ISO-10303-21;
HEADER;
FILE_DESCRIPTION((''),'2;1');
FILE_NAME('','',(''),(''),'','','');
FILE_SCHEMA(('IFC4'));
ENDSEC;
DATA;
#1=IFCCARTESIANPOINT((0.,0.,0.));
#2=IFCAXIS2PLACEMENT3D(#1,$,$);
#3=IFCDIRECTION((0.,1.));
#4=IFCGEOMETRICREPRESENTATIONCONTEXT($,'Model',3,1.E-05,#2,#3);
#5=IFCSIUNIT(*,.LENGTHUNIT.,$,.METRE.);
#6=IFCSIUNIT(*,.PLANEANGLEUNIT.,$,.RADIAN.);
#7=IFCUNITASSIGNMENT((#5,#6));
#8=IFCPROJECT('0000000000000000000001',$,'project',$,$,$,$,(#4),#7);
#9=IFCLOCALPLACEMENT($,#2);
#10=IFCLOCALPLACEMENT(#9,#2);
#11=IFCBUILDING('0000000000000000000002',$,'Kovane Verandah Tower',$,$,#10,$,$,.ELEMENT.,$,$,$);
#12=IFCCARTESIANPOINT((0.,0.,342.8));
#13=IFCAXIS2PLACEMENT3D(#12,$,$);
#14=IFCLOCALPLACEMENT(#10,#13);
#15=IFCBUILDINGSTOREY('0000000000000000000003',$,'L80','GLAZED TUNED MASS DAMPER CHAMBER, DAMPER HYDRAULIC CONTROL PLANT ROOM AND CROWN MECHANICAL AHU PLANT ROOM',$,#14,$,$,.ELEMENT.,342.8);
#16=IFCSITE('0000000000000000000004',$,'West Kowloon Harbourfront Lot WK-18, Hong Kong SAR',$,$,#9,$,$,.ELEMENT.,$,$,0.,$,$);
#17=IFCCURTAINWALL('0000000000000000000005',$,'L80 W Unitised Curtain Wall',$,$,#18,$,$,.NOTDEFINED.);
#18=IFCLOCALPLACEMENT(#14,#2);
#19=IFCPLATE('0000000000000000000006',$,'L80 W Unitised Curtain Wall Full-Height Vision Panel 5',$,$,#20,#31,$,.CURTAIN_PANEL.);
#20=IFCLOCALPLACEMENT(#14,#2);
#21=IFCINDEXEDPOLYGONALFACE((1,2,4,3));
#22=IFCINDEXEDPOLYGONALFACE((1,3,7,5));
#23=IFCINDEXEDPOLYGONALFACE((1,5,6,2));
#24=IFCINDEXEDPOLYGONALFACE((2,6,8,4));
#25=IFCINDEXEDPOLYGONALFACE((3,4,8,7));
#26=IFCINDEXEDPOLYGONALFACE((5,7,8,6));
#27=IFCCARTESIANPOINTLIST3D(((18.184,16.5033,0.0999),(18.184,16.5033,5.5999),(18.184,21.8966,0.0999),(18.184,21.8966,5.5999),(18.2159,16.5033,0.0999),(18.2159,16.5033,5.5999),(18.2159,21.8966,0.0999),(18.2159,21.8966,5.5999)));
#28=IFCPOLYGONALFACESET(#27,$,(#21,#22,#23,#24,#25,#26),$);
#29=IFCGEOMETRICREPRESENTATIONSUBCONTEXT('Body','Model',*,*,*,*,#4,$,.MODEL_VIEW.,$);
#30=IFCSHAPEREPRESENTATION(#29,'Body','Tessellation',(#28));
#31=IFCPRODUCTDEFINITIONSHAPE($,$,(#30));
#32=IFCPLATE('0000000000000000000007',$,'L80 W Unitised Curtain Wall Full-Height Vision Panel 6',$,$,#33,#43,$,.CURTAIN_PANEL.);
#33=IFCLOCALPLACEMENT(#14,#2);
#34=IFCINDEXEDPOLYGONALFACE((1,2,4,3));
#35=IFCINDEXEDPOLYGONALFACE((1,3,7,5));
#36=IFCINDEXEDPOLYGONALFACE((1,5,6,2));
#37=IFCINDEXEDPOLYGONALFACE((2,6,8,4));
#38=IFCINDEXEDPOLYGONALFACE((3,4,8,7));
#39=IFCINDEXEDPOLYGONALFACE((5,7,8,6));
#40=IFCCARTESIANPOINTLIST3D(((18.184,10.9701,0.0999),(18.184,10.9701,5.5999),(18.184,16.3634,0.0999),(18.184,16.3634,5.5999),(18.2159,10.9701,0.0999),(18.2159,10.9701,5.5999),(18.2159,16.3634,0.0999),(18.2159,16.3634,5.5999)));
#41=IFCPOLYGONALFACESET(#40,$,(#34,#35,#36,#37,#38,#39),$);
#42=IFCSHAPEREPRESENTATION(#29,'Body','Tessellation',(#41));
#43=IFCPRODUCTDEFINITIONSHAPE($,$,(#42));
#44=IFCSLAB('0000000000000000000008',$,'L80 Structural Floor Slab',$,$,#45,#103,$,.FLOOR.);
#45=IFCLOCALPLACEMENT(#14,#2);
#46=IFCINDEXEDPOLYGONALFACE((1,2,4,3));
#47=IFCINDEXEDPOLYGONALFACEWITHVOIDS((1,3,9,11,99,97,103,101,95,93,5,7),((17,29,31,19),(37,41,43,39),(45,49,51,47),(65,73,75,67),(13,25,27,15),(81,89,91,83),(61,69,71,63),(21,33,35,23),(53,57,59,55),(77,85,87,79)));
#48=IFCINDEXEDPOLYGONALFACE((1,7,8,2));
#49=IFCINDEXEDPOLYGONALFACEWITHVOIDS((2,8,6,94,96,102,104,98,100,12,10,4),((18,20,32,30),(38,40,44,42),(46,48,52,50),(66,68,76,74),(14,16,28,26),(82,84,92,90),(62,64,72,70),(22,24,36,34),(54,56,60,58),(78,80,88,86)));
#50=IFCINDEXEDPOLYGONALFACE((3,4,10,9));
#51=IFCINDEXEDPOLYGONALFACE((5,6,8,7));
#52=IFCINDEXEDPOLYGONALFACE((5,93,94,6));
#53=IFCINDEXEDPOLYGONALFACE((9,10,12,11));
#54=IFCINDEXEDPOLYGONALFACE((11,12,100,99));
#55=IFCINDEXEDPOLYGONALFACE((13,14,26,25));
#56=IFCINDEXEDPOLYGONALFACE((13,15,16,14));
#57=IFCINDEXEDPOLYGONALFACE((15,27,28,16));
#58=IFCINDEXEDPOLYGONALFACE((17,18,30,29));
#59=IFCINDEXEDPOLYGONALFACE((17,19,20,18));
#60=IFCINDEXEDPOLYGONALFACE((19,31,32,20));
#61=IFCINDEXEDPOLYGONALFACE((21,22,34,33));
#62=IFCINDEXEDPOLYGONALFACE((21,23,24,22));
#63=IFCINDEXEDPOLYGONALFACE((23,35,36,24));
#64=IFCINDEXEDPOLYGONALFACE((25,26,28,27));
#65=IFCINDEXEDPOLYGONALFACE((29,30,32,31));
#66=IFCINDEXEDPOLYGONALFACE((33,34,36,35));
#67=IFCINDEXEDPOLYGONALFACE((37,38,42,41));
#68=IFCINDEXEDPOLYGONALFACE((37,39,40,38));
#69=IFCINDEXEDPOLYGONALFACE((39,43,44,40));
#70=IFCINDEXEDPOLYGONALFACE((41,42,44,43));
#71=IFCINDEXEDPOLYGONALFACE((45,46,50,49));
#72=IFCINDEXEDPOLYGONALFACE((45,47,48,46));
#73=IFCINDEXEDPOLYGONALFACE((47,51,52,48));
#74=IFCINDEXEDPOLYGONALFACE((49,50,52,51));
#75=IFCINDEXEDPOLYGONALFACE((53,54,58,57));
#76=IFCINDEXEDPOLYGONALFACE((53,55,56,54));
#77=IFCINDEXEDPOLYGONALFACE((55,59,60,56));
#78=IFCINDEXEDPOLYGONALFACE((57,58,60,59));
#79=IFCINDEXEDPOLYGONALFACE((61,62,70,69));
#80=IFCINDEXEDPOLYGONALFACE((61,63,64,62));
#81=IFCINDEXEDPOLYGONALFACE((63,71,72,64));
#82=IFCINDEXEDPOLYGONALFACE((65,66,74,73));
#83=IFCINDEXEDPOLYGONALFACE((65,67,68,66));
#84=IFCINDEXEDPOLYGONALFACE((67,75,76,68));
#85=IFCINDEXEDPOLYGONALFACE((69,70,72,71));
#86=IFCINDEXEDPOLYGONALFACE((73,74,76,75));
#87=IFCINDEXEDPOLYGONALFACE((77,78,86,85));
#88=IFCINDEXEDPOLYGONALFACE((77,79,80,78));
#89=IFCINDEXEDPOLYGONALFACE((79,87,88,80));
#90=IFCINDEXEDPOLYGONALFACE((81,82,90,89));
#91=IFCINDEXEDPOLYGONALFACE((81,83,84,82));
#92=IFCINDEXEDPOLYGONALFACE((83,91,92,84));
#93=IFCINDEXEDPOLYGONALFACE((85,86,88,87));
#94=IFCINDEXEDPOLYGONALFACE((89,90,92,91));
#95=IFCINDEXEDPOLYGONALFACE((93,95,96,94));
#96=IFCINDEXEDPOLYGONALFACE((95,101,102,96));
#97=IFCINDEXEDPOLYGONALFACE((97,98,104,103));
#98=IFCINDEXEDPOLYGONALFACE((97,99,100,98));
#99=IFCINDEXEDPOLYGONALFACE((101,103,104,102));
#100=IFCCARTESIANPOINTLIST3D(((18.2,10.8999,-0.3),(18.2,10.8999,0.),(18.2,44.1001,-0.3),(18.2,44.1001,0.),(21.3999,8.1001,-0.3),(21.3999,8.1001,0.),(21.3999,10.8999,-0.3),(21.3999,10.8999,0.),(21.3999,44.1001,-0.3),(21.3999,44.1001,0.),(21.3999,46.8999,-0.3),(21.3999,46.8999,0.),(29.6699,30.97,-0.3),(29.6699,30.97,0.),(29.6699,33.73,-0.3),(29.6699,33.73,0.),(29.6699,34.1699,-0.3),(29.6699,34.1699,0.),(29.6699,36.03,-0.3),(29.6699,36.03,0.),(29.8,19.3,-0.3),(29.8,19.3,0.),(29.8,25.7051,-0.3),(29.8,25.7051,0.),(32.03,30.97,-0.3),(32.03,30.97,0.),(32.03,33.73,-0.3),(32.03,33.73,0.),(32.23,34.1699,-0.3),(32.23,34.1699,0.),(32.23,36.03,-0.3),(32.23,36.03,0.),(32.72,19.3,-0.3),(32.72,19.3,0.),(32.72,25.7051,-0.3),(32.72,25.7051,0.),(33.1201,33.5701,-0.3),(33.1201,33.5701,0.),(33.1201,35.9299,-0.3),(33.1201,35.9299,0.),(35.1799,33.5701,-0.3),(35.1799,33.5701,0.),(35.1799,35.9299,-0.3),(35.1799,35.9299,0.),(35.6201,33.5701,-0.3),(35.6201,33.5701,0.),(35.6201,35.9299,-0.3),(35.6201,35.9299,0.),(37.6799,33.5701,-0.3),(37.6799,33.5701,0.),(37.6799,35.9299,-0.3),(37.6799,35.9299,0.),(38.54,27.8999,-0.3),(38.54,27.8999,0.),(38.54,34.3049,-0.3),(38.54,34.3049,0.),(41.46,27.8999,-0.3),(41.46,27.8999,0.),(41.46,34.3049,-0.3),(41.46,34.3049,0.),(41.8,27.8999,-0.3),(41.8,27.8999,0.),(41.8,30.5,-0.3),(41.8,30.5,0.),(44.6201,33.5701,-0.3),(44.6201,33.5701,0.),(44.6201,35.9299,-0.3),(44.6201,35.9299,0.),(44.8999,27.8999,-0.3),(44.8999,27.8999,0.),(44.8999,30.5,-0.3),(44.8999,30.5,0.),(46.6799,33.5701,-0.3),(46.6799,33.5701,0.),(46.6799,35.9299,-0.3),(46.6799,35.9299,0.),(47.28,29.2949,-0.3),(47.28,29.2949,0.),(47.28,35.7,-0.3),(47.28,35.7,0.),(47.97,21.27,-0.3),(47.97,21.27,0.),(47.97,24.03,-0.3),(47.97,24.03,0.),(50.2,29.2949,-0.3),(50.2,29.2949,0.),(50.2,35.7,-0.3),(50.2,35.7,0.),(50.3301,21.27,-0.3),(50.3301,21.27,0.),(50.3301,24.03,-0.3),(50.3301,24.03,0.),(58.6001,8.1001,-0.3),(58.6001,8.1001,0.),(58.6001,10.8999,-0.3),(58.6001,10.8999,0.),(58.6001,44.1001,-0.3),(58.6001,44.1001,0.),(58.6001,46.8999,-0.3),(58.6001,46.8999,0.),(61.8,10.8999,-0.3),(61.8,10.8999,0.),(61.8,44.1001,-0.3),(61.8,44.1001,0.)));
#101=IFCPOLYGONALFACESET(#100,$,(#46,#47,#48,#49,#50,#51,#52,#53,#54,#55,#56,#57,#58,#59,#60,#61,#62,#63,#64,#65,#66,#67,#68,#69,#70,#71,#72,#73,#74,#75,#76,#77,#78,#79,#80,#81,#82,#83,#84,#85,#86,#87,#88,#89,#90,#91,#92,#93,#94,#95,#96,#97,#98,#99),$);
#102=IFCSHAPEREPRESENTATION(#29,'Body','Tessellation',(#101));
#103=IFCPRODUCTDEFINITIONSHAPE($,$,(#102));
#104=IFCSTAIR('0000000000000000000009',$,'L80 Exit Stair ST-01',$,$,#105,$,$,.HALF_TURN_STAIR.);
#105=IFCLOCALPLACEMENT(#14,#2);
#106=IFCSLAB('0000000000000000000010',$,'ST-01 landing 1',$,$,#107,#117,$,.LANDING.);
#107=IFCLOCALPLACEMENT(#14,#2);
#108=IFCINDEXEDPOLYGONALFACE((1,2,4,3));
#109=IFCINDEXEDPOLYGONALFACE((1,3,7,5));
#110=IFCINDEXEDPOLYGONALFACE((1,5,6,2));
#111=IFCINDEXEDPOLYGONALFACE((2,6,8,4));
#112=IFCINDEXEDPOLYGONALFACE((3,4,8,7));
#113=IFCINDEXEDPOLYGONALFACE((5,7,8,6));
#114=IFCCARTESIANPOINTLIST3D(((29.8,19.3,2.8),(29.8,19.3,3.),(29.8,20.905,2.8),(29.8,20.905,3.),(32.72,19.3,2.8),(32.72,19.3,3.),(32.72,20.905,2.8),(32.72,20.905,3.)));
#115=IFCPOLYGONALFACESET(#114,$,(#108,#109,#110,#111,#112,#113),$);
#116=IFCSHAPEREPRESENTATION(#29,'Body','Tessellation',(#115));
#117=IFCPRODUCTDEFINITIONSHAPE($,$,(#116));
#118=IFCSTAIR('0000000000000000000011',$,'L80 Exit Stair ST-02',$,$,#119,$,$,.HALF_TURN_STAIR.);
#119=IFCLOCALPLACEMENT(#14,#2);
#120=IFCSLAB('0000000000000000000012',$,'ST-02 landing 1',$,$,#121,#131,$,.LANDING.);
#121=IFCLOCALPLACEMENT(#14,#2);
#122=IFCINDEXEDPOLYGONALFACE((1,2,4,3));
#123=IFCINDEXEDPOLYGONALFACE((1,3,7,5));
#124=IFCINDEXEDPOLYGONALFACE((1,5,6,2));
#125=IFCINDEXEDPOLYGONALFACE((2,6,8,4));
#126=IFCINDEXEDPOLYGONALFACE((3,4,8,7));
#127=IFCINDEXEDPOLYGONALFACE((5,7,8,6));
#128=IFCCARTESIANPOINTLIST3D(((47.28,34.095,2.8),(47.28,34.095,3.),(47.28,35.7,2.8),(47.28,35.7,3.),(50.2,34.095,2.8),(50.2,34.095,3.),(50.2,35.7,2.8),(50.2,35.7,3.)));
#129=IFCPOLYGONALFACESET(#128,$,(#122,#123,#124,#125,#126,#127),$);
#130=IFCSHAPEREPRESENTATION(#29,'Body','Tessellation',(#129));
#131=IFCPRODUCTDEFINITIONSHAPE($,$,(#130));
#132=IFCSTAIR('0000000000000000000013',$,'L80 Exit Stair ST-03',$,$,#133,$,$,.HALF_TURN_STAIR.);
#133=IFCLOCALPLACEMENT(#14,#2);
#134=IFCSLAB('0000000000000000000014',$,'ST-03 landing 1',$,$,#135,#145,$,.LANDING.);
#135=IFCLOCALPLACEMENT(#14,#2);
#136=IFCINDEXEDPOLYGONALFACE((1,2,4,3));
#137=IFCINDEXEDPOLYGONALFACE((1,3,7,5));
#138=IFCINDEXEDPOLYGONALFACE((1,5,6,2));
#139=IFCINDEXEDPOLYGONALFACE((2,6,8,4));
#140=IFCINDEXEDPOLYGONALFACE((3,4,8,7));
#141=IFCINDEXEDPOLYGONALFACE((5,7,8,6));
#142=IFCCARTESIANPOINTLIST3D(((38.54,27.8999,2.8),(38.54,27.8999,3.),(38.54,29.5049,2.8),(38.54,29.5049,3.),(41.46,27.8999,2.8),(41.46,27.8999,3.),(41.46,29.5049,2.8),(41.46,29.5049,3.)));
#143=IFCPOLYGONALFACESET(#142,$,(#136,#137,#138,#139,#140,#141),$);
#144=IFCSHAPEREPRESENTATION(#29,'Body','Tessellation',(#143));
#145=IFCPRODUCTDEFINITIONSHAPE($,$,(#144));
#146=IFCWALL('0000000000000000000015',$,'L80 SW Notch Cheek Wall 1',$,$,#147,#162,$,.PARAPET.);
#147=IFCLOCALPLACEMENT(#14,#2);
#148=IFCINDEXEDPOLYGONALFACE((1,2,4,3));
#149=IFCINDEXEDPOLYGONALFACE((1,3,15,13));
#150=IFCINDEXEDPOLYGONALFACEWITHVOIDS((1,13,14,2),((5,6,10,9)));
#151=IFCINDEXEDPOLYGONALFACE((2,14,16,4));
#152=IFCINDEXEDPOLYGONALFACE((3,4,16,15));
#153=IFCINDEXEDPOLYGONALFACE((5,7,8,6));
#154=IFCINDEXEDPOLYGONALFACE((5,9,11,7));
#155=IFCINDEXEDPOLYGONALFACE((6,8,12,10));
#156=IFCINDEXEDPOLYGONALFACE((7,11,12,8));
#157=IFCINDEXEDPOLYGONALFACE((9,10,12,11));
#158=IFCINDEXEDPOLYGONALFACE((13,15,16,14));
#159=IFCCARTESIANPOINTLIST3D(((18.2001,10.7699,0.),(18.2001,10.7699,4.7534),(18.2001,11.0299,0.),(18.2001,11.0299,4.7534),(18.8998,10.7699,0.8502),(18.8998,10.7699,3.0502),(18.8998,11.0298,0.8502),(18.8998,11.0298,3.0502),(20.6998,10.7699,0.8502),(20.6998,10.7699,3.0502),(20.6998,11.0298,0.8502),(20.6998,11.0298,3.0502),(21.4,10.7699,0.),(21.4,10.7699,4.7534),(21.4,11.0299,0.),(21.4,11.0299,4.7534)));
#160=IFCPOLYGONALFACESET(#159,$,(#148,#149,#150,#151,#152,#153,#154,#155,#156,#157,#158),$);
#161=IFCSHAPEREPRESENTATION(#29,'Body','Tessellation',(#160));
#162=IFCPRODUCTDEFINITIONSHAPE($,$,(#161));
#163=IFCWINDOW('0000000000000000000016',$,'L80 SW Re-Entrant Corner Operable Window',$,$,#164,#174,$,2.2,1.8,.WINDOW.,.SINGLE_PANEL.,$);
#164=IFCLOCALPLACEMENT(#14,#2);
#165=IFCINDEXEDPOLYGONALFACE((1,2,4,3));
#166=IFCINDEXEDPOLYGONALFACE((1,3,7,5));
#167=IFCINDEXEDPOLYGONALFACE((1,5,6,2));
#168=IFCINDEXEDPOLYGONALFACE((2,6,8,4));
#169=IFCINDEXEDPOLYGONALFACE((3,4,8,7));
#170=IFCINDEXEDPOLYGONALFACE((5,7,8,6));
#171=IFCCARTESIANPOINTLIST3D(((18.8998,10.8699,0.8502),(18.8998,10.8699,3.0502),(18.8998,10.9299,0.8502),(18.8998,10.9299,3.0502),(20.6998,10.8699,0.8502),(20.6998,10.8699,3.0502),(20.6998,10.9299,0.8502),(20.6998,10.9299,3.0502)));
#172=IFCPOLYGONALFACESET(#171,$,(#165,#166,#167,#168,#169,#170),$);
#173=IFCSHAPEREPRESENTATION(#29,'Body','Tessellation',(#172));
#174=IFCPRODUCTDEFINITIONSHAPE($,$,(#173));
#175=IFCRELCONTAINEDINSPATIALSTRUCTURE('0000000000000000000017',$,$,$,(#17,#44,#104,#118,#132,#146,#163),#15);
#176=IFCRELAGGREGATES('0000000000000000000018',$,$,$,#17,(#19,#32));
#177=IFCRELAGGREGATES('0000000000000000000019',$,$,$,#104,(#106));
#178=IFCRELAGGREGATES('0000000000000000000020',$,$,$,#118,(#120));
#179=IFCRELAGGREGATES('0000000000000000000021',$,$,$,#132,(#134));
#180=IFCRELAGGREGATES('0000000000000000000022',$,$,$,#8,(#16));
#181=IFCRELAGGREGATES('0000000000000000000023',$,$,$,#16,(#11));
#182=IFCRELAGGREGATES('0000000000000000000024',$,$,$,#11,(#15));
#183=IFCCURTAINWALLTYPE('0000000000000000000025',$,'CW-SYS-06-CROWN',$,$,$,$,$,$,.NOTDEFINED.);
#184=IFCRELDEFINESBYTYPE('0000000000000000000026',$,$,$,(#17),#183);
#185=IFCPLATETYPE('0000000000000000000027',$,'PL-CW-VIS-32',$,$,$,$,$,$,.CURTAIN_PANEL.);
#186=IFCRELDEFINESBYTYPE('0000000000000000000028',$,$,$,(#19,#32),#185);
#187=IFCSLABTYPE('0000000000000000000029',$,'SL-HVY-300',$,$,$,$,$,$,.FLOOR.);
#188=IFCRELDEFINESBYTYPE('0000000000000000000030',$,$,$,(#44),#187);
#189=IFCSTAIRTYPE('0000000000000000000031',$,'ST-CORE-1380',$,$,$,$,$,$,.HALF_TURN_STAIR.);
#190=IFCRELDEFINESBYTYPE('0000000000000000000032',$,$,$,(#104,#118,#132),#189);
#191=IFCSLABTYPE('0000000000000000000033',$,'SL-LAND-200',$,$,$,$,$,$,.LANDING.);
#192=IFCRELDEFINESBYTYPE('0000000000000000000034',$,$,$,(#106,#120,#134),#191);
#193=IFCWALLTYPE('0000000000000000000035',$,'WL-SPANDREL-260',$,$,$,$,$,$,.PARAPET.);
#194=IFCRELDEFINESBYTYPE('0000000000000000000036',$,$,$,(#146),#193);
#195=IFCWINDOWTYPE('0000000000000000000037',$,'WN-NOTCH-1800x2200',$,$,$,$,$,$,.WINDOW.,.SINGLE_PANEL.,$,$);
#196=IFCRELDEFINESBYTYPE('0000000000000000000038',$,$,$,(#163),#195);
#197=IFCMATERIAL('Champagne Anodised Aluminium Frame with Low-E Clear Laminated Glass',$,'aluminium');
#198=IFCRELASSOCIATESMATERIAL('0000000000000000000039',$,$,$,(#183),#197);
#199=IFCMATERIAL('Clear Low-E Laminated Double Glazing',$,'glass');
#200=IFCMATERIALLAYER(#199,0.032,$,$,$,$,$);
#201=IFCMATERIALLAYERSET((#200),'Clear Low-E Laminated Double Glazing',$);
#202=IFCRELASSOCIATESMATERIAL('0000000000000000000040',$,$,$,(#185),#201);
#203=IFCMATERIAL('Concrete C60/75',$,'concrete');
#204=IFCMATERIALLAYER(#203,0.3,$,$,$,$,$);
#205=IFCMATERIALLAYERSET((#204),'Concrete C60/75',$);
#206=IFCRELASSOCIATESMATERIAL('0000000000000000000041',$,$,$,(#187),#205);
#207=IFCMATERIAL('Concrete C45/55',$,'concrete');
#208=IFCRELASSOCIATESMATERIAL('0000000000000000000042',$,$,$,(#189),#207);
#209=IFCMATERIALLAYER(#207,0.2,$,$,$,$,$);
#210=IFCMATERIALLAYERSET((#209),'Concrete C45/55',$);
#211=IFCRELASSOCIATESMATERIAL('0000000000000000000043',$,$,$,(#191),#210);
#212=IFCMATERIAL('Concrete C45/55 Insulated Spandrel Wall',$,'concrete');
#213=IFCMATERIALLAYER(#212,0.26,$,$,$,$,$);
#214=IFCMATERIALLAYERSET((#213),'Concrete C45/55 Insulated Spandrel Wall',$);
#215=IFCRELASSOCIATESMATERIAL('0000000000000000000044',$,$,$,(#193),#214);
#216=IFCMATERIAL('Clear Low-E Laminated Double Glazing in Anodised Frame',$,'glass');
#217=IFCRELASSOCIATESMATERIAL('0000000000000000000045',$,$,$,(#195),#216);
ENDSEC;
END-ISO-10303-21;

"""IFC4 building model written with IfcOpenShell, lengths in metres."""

from ifc_helpers import new_model, si_unit, direction, frame, frame_2d, origin, origin_2d, place, context, subcontext, project, spatial, polyline, rectangle, outline, extrude, material, layer, layer_set, type_object, element, fill, aggregate, save


model = new_model("IFC4")

# Units and contexts
model_context = context("Model", 3, precision=1e-05, world=origin(), true_north=direction((0.0, 1.0)))
body_context = subcontext(model_context, "Body", "Model", "MODEL_VIEW")
ifc_project = project(units=[si_unit("LENGTHUNIT", "METRE"), si_unit("PLANEANGLEUNIT", "RADIAN")], contexts=[model_context])

# Site, building, storey
site_placement = place(None, origin())
site = spatial("IfcSite", under=ifc_project, at=site_placement, Name="West Kowloon Harbourfront Lot WK-18, Hong Kong SAR", CompositionType="ELEMENT", RefElevation=0.0)
building_placement = place(site_placement, origin())
building = spatial("IfcBuilding", under=site, at=building_placement, Name="Kovane Verandah Tower", CompositionType="ELEMENT")
storey_placement = place(building_placement, frame((0.0, 0.0, 342.8)))
storey = spatial("IfcBuildingStorey", under=building, at=storey_placement, Name="L80", Description="GLAZED TUNED MASS DAMPER CHAMBER, DAMPER HYDRAULIC CONTROL PLANT ROOM AND CROWN MECHANICAL AHU PLANT ROOM", CompositionType="ELEMENT", Elevation=342.8)

# Shared definitions
ifc_material_1 = material(Name="Champagne Anodised Aluminium Frame with Low-E Clear Laminated Glass", Category="aluminium")
curtain_wall_type = type_object("IfcCurtainWallType", Name="CW-SYS-06-CROWN", PredefinedType="NOTDEFINED", material=ifc_material_1)

# Curtain wall, plates
curtain_wall_1_placement = place(storey_placement, origin())
curtain_wall_1 = element("IfcCurtainWall", 1, at=curtain_wall_1_placement, inside=storey, type_object=curtain_wall_type, Name="L80 W Unitised Curtain Wall", PredefinedType="NOTDEFINED")
ifc_material_2 = material(Name="Clear Low-E Laminated Double Glazing", Category="glass")
ifc_layer_1 = layer(ifc_material_2, 0.032)
ifc_layer_set_1 = layer_set([ifc_layer_1], Name="Clear Low-E Laminated Double Glazing")
plate_type = type_object("IfcPlateType", Name="PL-CW-VIS-32", PredefinedType="CURTAIN_PANEL", material=ifc_layer_set_1)
plate_1_placement = place(storey_placement, frame((18.2, 19.2, 0.0999), z_axis=(0.0, 0.0, 1.0), x_axis=(0.0, -1.0, 0.0)))
plate_1 = element("IfcPlate", 2, at=plate_1_placement, type_object=plate_type, Name="L80 W Unitised Curtain Wall Full-Height Vision Panel 5", PredefinedType="CURTAIN_PANEL", context=body_context, shape_type="SweptSolid", body=[
    extrude(rectangle(XDim=5.3933, YDim=0.032, at=origin_2d()), origin(), (0.0, 0.0, 1.0), 5.5),
])
plate_2_placement = place(storey_placement, frame((18.2, 13.6667, 0.0999), z_axis=(0.0, 0.0, 1.0), x_axis=(0.0, -1.0, 0.0)))
plate_2 = element("IfcPlate", 3, at=plate_2_placement, type_object=plate_type, Name="L80 W Unitised Curtain Wall Full-Height Vision Panel 6", PredefinedType="CURTAIN_PANEL", context=body_context, shape_type="SweptSolid", body=[
    extrude(rectangle(XDim=5.3933, YDim=0.032, at=origin_2d()), origin(), (0.0, 0.0, 1.0), 5.5),
])
aggregate(curtain_wall_1, [plate_1, plate_2])

# Slab
ifc_material_3 = material(Name="Concrete C60/75", Category="concrete")
ifc_layer_2 = layer(ifc_material_3, 0.3)
ifc_layer_set_2 = layer_set([ifc_layer_2], Name="Concrete C60/75")
slab_type_1 = type_object("IfcSlabType", Name="SL-HVY-300", PredefinedType="FLOOR", material=ifc_layer_set_2)
slab_1_placement = place(storey_placement, frame((0.0, 0.0, -0.3)))
element("IfcSlab", 4, at=slab_1_placement, inside=storey, type_object=slab_type_1, Name="L80 Structural Floor Slab", PredefinedType="FLOOR", context=body_context, shape_type="SweptSolid", body=[
    extrude(outline(polyline([(21.3999, 8.1001), (58.6001, 8.1001), (58.6001, 10.8999), (61.8, 10.8999), (61.8, 44.1001), (58.6001, 44.1001), (58.6001, 46.8999), (21.3999, 46.8999), (21.3999, 44.1001), (18.2, 44.1001), (18.2, 10.8999), (21.3999, 10.8999), (21.3999, 8.1001)]), holes=[polyline([(29.8, 19.3), (32.72, 19.3), (32.72, 25.7051), (29.8, 25.7051), (29.8, 19.3)]), polyline([(47.28, 29.2949), (50.2, 29.2949), (50.2, 35.7), (47.28, 35.7), (47.28, 29.2949)]), polyline([(38.54, 27.8999), (41.46, 27.8999), (41.46, 34.3049), (38.54, 34.3049), (38.54, 27.8999)]), polyline([(29.6699, 30.97), (32.03, 30.97), (32.03, 33.73), (29.6699, 33.73), (29.6699, 30.97)]), polyline([(47.97, 21.27), (50.3301, 21.27), (50.3301, 24.03), (47.97, 24.03), (47.97, 21.27)]), polyline([(29.6699, 34.1699), (32.23, 34.1699), (32.23, 36.03), (29.6699, 36.03), (29.6699, 34.1699)]), polyline([(33.1201, 33.5701), (35.1799, 33.5701), (35.1799, 35.9299), (33.1201, 35.9299), (33.1201, 33.5701)]), polyline([(35.6201, 33.5701), (37.6799, 33.5701), (37.6799, 35.9299), (35.6201, 35.9299), (35.6201, 33.5701)]), polyline([(44.6201, 33.5701), (46.6799, 33.5701), (46.6799, 35.9299), (44.6201, 35.9299), (44.6201, 33.5701)]), polyline([(41.8, 27.8999), (44.8999, 27.8999), (44.8999, 30.5), (41.8, 30.5), (41.8, 27.8999)])]), origin(), (0.0, 0.0, 1.0), 0.3),
])

# Stairs, slabs
ifc_material_4 = material(Name="Concrete C45/55", Category="concrete")
stair_type = type_object("IfcStairType", Name="ST-CORE-1380", PredefinedType="HALF_TURN_STAIR", material=ifc_material_4)
stair_1_placement = place(storey_placement, origin())
stair_1 = element("IfcStair", 5, at=stair_1_placement, inside=storey, type_object=stair_type, Name="L80 Exit Stair ST-01", PredefinedType="HALF_TURN_STAIR")
ifc_layer_3 = layer(ifc_material_4, 0.2)
ifc_layer_set_3 = layer_set([ifc_layer_3], Name="Concrete C45/55")
slab_type_2 = type_object("IfcSlabType", Name="SL-LAND-200", PredefinedType="LANDING", material=ifc_layer_set_3)
slab_2_placement = place(storey_placement, frame((0.0, 0.0, 2.8)))
slab_2 = element("IfcSlab", 6, at=slab_2_placement, type_object=slab_type_2, Name="ST-01 landing 1", PredefinedType="LANDING", context=body_context, shape_type="SweptSolid", body=[
    extrude(outline(polyline([(29.8, 20.905), (29.8, 19.3), (32.72, 19.3), (32.72, 20.905), (29.8, 20.905)])), origin(), (0.0, 0.0, 1.0), 0.2),
])
aggregate(stair_1, [slab_2])
stair_2_placement = place(storey_placement, origin())
stair_2 = element("IfcStair", 7, at=stair_2_placement, inside=storey, type_object=stair_type, Name="L80 Exit Stair ST-02", PredefinedType="HALF_TURN_STAIR")
slab_3_placement = place(storey_placement, frame((0.0, 0.0, 2.8)))
slab_3 = element("IfcSlab", 8, at=slab_3_placement, type_object=slab_type_2, Name="ST-02 landing 1", PredefinedType="LANDING", context=body_context, shape_type="SweptSolid", body=[
    extrude(outline(polyline([(50.2, 34.095), (50.2, 35.7), (47.28, 35.7), (47.28, 34.095), (50.2, 34.095)])), origin(), (0.0, 0.0, 1.0), 0.2),
])
aggregate(stair_2, [slab_3])
stair_3_placement = place(storey_placement, origin())
stair_3 = element("IfcStair", 9, at=stair_3_placement, inside=storey, type_object=stair_type, Name="L80 Exit Stair ST-03", PredefinedType="HALF_TURN_STAIR")
slab_4_placement = place(storey_placement, frame((0.0, 0.0, 2.8)))
slab_4 = element("IfcSlab", 10, at=slab_4_placement, type_object=slab_type_2, Name="ST-03 landing 1", PredefinedType="LANDING", context=body_context, shape_type="SweptSolid", body=[
    extrude(outline(polyline([(38.54, 29.5049), (38.54, 27.8999), (41.46, 27.8999), (41.46, 29.5049), (38.54, 29.5049)])), origin(), (0.0, 0.0, 1.0), 0.2),
])
aggregate(stair_3, [slab_4])

# Wall, opening, window
ifc_material_5 = material(Name="Concrete C45/55 Insulated Spandrel Wall", Category="concrete")
ifc_layer_4 = layer(ifc_material_5, 0.26)
ifc_layer_set_4 = layer_set([ifc_layer_4], Name="Concrete C45/55 Insulated Spandrel Wall")
wall_type = type_object("IfcWallType", Name="WL-SPANDREL-260", PredefinedType="PARAPET", material=ifc_layer_set_4)
wall_placement = place(storey_placement, frame((18.2, 10.8999, 0.0), z_axis=(0.0, 0.0, 1.0), x_axis=(1.0, 0.0, 0.0)))
wall = element("IfcWall", 11, at=wall_placement, inside=storey, type_object=wall_type, Name="L80 SW Notch Cheek Wall 1", PredefinedType="PARAPET", context=body_context, shape_type="SweptSolid", body=[
    extrude(rectangle(XDim=3.2, YDim=0.26, at=frame_2d((1.6001, 0.0))), origin(), (0.0, 0.0, 1.0), 4.7534),
])
opening_placement = place(wall_placement, frame((0.7, 0.0, 0.8501)))
opening = element("IfcOpeningElement", 12, at=opening_placement, cuts=wall, PredefinedType="OPENING", context=body_context, shape_type="SweptSolid", body=[
    extrude(rectangle(XDim=1.8, YDim=2.2, at=frame_2d((0.8999, 1.1001))), frame((0.0, 0.1299, 0.0), z_axis=(0.0, -1.0, 0.0), x_axis=(1.0, 0.0, 0.0)), (0.0, 0.0, 1.0), 0.26),
])
ifc_material_6 = material(Name="Clear Low-E Laminated Double Glazing in Anodised Frame", Category="glass")
window_type = type_object("IfcWindowType", Name="WN-NOTCH-1800x2200", PartitioningType="SINGLE_PANEL", PredefinedType="WINDOW", material=ifc_material_6)
window_placement = place(opening_placement, origin())
window = element("IfcWindow", 13, at=window_placement, inside=storey, type_object=window_type, Name="L80 SW Re-Entrant Corner Operable Window", OverallHeight=2.2, OverallWidth=1.8, PartitioningType="SINGLE_PANEL", PredefinedType="WINDOW", context=body_context, shape_type="SweptSolid", body=[
    extrude(rectangle(XDim=1.8, YDim=2.2, at=frame_2d((0.8999, 1.1001))), frame((0.0, 0.03, 0.0), z_axis=(0.0, -1.0, 0.0), x_axis=(1.0, 0.0, 0.0)), (0.0, 0.0, 1.0), 0.0601),
])
fill(opening, window)

save(model, "model.ifc")
